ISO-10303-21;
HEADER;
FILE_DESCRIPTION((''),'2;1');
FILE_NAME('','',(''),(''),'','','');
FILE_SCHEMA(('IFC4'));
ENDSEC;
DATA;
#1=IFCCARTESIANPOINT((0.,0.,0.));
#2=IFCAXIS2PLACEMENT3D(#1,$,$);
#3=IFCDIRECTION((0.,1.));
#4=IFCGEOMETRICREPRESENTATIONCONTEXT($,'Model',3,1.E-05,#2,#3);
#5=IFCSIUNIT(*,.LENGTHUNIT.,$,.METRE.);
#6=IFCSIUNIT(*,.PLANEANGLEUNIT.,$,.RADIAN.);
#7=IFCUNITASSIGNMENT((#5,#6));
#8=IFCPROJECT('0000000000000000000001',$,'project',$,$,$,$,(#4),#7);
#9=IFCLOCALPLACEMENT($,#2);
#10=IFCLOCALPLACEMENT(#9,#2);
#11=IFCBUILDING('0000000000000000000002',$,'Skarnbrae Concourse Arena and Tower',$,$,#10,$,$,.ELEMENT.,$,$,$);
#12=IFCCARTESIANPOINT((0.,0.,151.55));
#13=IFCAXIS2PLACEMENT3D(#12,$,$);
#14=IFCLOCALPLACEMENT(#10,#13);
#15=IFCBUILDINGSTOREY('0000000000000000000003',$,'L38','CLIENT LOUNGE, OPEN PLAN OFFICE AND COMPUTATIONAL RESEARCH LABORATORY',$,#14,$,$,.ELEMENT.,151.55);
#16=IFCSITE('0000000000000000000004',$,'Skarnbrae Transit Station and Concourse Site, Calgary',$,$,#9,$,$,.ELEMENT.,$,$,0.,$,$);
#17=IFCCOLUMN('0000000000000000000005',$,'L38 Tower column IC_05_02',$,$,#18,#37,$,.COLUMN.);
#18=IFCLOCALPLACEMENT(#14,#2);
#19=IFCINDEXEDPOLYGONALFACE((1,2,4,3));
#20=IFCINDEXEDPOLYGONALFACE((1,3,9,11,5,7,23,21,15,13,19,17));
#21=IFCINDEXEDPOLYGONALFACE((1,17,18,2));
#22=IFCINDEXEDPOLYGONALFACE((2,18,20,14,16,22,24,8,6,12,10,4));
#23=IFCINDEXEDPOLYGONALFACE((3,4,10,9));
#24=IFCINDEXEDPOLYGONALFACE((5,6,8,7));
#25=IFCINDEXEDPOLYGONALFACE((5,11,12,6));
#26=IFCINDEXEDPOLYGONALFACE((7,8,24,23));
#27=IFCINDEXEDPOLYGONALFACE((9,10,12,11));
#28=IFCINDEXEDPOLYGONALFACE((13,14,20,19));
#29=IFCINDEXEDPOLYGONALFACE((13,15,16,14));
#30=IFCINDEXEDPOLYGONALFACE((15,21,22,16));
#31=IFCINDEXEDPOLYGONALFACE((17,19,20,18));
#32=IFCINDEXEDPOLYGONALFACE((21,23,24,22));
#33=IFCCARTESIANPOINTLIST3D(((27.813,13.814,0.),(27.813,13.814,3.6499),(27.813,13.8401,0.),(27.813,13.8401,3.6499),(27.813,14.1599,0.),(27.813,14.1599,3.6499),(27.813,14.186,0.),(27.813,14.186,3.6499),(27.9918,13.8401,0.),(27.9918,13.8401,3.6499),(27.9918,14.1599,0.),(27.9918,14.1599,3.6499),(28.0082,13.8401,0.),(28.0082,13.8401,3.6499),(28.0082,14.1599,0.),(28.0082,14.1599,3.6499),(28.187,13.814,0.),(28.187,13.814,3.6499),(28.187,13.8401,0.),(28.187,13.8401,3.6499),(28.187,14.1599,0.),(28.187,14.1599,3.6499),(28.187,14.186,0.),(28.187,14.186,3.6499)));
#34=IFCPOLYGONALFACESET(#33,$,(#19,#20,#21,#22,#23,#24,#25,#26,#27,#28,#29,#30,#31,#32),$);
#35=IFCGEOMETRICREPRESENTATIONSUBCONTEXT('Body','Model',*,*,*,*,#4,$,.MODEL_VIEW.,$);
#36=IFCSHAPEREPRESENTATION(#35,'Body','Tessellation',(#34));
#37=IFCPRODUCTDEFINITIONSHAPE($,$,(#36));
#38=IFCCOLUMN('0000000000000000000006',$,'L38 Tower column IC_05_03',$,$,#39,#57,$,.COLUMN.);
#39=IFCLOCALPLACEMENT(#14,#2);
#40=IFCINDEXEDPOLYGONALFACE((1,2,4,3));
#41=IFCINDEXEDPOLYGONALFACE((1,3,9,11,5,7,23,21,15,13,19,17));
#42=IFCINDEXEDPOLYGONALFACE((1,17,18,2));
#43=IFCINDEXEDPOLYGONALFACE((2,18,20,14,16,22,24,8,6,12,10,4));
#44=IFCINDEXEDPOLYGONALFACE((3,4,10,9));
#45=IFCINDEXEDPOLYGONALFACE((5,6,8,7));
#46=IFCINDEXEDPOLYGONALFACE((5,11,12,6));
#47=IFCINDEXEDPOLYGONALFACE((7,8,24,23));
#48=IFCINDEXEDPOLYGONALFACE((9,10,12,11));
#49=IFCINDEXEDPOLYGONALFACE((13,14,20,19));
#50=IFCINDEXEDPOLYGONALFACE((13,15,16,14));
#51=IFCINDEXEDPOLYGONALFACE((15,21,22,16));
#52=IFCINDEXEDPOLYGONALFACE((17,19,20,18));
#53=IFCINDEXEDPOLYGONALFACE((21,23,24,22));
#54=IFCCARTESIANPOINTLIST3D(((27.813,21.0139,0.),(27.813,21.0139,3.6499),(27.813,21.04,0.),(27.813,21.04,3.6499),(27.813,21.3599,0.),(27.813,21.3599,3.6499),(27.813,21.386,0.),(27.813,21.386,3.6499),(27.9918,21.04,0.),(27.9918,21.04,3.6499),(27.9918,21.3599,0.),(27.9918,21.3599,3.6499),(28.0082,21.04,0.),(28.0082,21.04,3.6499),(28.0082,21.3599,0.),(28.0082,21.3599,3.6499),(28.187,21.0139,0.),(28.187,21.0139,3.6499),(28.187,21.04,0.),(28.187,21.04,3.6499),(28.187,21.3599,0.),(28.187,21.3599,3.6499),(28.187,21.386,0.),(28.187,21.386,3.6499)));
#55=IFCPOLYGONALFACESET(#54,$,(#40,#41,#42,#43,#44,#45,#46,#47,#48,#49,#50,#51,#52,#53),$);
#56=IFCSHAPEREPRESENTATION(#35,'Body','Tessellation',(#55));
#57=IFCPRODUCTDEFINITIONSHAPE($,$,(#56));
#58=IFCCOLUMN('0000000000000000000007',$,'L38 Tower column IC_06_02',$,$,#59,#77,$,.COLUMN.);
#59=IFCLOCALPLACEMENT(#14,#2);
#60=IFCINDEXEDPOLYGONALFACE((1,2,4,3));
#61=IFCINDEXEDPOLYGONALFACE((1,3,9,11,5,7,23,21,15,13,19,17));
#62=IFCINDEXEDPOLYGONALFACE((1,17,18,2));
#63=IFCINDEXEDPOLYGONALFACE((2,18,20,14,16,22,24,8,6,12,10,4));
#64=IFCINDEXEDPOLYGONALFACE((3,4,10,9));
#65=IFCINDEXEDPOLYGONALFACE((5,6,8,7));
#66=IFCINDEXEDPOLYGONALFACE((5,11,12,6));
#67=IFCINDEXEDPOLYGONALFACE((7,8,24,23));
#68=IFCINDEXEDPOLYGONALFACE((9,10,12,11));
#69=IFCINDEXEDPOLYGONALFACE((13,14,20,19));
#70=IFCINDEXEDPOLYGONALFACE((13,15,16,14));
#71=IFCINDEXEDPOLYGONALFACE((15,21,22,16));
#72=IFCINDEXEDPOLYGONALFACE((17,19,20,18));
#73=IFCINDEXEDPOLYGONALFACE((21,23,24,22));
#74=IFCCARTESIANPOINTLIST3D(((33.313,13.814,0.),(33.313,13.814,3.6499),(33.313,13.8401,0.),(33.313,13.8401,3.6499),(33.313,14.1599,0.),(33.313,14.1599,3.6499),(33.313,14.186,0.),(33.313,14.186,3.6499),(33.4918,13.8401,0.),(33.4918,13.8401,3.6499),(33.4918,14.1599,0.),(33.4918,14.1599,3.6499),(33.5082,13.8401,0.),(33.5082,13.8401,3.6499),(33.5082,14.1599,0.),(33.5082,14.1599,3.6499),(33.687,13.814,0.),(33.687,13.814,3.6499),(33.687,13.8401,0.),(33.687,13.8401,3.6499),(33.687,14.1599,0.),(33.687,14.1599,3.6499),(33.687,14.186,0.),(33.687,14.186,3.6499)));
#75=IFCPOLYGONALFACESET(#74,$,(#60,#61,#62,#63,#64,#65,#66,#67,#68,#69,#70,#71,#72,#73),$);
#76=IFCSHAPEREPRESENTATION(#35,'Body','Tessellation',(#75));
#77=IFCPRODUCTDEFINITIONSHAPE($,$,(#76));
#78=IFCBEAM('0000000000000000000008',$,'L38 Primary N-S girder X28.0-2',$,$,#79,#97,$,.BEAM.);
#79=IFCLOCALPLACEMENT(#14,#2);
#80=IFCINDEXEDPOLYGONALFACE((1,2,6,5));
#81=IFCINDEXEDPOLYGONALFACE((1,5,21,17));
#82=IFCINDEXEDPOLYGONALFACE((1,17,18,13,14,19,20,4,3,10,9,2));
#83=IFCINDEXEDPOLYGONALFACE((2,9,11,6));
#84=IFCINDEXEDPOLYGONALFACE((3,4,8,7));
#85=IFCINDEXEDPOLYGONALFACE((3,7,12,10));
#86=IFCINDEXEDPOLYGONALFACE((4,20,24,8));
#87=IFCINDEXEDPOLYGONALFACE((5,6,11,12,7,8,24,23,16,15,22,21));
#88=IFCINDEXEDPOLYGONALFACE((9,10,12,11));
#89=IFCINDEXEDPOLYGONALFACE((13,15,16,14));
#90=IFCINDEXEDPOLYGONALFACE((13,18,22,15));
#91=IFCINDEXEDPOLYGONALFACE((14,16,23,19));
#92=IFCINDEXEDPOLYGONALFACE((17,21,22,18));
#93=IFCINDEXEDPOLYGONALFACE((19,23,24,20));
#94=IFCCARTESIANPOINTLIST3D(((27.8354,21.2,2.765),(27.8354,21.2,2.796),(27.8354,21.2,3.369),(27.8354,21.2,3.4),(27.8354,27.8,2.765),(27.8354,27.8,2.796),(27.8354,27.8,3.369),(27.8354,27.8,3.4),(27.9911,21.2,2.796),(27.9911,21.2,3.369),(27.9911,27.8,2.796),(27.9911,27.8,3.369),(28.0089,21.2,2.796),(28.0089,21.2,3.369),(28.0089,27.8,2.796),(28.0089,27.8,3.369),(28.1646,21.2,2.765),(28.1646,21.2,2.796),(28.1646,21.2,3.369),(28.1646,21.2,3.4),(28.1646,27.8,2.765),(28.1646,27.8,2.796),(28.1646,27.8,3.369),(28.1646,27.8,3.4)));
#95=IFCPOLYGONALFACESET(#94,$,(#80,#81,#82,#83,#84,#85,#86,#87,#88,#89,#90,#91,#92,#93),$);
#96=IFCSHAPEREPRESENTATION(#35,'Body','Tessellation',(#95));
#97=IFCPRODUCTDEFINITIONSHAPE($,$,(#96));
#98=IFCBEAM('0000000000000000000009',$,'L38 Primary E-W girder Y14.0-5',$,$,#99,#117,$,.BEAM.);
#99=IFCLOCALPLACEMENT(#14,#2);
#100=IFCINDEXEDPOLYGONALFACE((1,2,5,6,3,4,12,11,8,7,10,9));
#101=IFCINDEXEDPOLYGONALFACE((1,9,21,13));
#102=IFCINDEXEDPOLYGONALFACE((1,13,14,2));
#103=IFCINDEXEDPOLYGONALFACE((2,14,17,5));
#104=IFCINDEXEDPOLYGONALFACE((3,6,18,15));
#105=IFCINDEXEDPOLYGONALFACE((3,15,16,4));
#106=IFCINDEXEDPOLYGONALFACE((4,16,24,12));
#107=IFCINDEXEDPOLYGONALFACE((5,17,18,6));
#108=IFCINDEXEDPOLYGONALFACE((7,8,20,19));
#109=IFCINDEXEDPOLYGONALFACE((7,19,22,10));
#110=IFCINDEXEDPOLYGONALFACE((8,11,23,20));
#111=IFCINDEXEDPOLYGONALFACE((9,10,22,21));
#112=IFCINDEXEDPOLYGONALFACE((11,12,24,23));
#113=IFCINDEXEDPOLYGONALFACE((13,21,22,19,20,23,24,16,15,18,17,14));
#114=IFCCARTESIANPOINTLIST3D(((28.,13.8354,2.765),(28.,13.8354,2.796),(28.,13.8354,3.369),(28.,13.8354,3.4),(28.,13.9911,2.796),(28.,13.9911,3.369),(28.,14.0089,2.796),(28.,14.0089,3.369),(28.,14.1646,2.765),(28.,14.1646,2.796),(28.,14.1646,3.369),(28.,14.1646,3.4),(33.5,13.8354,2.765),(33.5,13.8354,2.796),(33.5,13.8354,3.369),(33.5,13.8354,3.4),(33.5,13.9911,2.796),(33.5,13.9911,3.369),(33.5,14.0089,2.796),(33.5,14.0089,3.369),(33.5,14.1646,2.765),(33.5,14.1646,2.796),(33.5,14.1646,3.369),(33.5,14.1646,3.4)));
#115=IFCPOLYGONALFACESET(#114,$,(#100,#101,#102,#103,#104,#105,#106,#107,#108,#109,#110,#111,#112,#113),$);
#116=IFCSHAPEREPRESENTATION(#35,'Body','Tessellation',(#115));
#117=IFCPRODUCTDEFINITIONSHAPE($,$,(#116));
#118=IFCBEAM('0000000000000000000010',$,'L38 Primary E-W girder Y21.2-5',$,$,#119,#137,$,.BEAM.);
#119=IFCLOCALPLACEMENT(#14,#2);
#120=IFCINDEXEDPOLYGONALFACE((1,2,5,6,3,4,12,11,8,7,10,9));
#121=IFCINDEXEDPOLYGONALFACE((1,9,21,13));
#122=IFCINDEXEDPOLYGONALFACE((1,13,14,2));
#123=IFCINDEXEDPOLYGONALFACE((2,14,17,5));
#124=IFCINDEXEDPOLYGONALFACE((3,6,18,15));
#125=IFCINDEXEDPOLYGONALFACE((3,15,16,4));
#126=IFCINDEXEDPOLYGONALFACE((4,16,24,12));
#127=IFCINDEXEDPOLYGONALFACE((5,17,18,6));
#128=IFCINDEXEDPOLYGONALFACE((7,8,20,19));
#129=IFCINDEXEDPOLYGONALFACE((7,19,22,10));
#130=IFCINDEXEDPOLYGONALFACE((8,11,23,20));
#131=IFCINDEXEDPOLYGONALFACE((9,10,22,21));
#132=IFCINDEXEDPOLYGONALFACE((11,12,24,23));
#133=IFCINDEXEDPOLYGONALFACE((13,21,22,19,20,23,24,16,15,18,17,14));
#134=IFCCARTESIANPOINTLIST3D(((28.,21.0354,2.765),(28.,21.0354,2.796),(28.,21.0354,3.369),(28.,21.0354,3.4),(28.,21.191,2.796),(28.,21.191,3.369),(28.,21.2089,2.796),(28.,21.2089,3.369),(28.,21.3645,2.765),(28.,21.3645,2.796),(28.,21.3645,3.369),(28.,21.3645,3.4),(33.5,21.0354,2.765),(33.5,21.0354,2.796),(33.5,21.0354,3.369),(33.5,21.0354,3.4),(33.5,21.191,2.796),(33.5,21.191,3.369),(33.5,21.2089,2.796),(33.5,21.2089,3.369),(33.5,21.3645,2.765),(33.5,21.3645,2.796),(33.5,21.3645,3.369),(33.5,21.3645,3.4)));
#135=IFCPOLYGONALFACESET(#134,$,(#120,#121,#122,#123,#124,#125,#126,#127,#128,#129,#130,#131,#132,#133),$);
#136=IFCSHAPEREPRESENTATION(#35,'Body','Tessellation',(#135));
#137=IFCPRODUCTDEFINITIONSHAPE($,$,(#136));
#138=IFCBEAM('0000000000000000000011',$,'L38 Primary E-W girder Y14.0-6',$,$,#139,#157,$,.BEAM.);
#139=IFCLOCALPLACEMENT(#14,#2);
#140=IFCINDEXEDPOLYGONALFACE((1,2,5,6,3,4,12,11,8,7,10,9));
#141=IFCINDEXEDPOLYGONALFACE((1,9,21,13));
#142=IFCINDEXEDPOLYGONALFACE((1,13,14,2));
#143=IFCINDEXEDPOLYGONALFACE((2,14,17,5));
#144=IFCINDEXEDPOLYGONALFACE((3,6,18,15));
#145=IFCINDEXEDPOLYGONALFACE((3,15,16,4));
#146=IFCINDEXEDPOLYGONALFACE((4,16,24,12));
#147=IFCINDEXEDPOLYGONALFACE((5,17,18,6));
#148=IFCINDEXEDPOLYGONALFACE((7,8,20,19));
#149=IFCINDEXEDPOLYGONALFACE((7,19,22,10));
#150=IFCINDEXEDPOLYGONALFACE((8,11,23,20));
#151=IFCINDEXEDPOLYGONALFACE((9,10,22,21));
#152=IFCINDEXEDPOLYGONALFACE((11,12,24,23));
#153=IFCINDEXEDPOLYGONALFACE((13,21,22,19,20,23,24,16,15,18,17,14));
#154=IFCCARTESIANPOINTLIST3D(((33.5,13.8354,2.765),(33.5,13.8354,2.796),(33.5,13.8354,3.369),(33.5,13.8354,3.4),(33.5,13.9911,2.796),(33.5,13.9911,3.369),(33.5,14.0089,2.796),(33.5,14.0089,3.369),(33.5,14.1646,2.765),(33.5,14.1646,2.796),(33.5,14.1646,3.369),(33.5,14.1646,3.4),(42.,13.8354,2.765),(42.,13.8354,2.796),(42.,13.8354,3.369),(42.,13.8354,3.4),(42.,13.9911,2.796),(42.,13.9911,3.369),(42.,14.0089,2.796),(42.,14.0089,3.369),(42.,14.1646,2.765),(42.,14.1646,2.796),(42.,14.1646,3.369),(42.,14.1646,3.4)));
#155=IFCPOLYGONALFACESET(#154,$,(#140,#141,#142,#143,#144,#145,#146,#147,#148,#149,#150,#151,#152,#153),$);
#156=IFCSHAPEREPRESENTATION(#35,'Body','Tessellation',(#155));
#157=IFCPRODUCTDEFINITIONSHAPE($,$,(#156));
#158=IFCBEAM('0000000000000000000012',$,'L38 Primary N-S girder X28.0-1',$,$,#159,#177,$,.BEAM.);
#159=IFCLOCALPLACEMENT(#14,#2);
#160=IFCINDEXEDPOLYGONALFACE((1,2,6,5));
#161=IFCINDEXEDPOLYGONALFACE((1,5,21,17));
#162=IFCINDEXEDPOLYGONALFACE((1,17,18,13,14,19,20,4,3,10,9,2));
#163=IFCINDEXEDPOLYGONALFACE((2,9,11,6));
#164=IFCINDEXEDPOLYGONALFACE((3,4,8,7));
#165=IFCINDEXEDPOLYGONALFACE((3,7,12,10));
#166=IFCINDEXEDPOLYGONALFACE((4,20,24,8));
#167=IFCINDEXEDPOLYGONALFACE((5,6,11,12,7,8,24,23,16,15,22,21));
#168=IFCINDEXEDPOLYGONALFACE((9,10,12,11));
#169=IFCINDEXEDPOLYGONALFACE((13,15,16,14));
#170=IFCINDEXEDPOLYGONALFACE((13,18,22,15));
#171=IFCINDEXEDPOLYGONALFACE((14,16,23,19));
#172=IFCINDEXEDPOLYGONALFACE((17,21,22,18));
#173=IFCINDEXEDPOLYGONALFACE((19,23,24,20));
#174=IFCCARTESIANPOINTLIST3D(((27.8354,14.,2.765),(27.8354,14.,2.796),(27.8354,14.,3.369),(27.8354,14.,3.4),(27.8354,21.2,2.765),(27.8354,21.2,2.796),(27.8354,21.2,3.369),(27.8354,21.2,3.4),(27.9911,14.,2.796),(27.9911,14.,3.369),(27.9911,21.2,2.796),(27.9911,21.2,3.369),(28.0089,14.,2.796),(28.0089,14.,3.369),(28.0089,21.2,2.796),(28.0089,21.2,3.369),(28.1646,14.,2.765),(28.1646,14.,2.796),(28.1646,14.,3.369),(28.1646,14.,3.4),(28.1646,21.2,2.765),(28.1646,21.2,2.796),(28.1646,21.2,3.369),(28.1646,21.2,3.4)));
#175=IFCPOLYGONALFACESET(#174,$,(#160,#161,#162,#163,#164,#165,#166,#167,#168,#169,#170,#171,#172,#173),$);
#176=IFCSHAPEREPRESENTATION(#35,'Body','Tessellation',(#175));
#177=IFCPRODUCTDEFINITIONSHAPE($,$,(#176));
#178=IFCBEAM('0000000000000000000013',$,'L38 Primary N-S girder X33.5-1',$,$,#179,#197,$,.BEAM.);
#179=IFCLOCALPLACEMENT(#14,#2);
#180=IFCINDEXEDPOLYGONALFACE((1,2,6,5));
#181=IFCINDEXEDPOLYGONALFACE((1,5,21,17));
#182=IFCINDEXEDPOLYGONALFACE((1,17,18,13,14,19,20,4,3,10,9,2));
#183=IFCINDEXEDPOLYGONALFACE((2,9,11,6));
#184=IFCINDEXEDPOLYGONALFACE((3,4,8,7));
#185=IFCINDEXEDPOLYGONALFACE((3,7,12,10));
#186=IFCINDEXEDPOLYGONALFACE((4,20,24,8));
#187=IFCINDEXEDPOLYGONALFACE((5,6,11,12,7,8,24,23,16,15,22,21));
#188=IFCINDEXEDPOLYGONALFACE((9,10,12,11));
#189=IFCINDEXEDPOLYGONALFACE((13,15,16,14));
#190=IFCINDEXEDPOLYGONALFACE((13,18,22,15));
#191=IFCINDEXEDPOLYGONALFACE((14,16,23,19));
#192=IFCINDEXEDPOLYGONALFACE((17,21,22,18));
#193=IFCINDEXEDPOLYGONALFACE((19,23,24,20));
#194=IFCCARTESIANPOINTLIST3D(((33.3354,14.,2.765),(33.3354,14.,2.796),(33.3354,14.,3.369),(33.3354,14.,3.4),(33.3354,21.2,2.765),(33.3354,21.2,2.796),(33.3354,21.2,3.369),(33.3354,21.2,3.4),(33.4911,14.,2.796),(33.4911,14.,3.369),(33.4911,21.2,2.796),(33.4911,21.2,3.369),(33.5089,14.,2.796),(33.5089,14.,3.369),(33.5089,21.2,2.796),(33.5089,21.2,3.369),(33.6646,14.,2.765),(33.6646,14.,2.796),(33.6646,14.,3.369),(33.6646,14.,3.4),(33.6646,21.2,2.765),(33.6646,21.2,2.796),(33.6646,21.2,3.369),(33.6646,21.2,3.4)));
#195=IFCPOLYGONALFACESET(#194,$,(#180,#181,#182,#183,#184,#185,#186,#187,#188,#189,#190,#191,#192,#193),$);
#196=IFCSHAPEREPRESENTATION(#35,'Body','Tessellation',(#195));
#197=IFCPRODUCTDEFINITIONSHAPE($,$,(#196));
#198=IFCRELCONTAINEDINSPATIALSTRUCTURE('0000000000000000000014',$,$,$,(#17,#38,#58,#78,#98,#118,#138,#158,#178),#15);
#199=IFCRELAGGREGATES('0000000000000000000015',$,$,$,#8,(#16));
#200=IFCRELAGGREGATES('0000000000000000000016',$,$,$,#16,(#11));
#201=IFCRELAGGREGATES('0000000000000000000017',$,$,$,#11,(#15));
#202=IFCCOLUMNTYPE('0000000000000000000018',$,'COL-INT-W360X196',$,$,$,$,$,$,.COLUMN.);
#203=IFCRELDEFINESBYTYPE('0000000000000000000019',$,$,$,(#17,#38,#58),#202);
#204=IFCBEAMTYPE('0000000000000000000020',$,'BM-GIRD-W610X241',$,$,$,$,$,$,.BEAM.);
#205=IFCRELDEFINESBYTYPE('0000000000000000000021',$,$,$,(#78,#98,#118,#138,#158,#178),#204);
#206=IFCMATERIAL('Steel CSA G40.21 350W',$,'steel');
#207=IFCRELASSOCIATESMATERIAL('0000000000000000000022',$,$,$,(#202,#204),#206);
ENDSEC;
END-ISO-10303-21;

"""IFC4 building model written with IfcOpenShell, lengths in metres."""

from ifc_helpers import new_model, si_unit, direction, frame, origin, origin_2d, place, context, subcontext, project, spatial, i_section, extrude, source, transform, mapped, material, material_profile, profile_set, type_object, element, save


model = new_model("IFC4")

# Units and contexts
model_context = context("Model", 3, precision=1e-05, world=origin(), true_north=direction((0.0, 1.0)))
body_context = subcontext(model_context, "Body", "Model", "MODEL_VIEW")
ifc_project = project(units=[si_unit("LENGTHUNIT", "METRE"), si_unit("PLANEANGLEUNIT", "RADIAN")], contexts=[model_context])

# Site, building, storey
site_placement = place(None, origin())
site = spatial("IfcSite", under=ifc_project, at=site_placement, Name="Skarnbrae Transit Station and Concourse Site, Calgary", CompositionType="ELEMENT", RefElevation=0.0)
building_placement = place(site_placement, origin())
building = spatial("IfcBuilding", under=site, at=building_placement, Name="Skarnbrae Concourse Arena and Tower", CompositionType="ELEMENT")
storey_placement = place(building_placement, frame((0.0, 0.0, 151.55)))
storey = spatial("IfcBuildingStorey", under=building, at=storey_placement, Name="L38", Description="CLIENT LOUNGE, OPEN PLAN OFFICE AND COMPUTATIONAL RESEARCH LABORATORY", CompositionType="ELEMENT", Elevation=151.55)

# Columns
ifc_material_1 = material(Name="Steel CSA G40.21 350W", Category="steel")
ifc_material_profile_1 = material_profile(ifc_material_1, i_section(OverallWidth=0.374, OverallDepth=0.3721, WebThickness=0.0164, FlangeThickness=0.0261, at=origin_2d()), Name="W360X196")
ifc_profile_set_1 = profile_set([ifc_material_profile_1], Name="Steel CSA G40.21 350W")
column_type = type_object("IfcColumnType", Name="COL-INT-W360X196", PredefinedType="COLUMN", material=ifc_profile_set_1)
shared_shape_1 = source(origin(), body_context, "Body", "SweptSolid", [
    extrude(i_section(OverallWidth=0.374, OverallDepth=0.3721, WebThickness=0.0164, FlangeThickness=0.0261, at=origin_2d()), origin(), (0.0, 0.0, 1.0), 3.6499),
])
for number, where, z_axis, x_axis, name in (
    (1, (28.0, 14.0, 0.0), (0.0, 0.0, 1.0), (1.0, 0.0, 0.0), "L38 Tower column IC_05_02"),
    (2, (28.0, 21.2, 0.0), (0.0, 0.0, 1.0), (1.0, 0.0, 0.0), "L38 Tower column IC_05_03"),
    (3, (33.5, 14.0, 0.0), (0.0, 0.0, 1.0), (1.0, 0.0, 0.0), "L38 Tower column IC_06_02"),
):
    element("IfcColumn", number, at=place(storey_placement, frame(where, z_axis=z_axis, x_axis=x_axis)), inside=storey, type_object=column_type, Name=name, PredefinedType="COLUMN", context=body_context, shape_type="MappedRepresentation", body=[
        mapped(shared_shape_1, transform((0.0, 0.0, 0.0))),
    ])

# Beams
ifc_material_profile_2 = material_profile(ifc_material_1, i_section(OverallWidth=0.3291, OverallDepth=0.635, WebThickness=0.0178, FlangeThickness=0.031, at=origin_2d()), Name="W610X241")
ifc_profile_set_2 = profile_set([ifc_material_profile_2], Name="Steel CSA G40.21 350W")
beam_type_1 = type_object("IfcBeamType", Name="BM-GIRD-W610X241", PredefinedType="BEAM", material=ifc_profile_set_2)
shared_shape_2 = source(origin(), body_context, "Body", "SweptSolid", [
    extrude(i_section(OverallWidth=0.3291, OverallDepth=0.635, WebThickness=0.0178, FlangeThickness=0.031, at=origin_2d()), origin(), (0.0, 0.0, 1.0), 6.6001),
])
beam_1_placement = place(storey_placement, frame((28.0, 21.2, 3.0825), z_axis=(0.0, 1.0, 0.0), x_axis=(-1.0, 0.0, 0.0)))
element("IfcBeam", 4, at=beam_1_placement, inside=storey, type_object=beam_type_1, Name="L38 Primary N-S girder X28.0-2", PredefinedType="BEAM", context=body_context, shape_type="MappedRepresentation", body=[
    mapped(shared_shape_2, transform((0.0, 0.0, 0.0))),
])
shared_shape_3 = source(origin(), body_context, "Body", "SweptSolid", [
    extrude(i_section(OverallWidth=0.3291, OverallDepth=0.635, WebThickness=0.0178, FlangeThickness=0.031, at=origin_2d()), origin(), (0.0, 0.0, 1.0), 5.5),
])
for number, where, z_axis, x_axis, name in (
    (5, (28.0, 14.0, 3.0825), (1.0, 0.0, 0.0), (0.0, 1.0, 0.0), "L38 Primary E-W girder Y14.0-5"),
    (6, (28.0, 21.2, 3.0825), (1.0, 0.0, 0.0), (0.0, 1.0, 0.0), "L38 Primary E-W girder Y21.2-5"),
):
    element("IfcBeam", number, at=place(storey_placement, frame(where, z_axis=z_axis, x_axis=x_axis)), inside=storey, type_object=beam_type_1, Name=name, PredefinedType="BEAM", context=body_context, shape_type="MappedRepresentation", body=[
        mapped(shared_shape_3, transform((0.0, 0.0, 0.0))),
    ])
shared_shape_4 = source(origin(), body_context, "Body", "SweptSolid", [
    extrude(i_section(OverallWidth=0.3291, OverallDepth=0.635, WebThickness=0.0178, FlangeThickness=0.031, at=origin_2d()), origin(), (0.0, 0.0, 1.0), 8.5),
])
beam_2_placement = place(storey_placement, frame((33.5, 14.0, 3.0825), z_axis=(1.0, 0.0, 0.0), x_axis=(0.0, 1.0, 0.0)))
element("IfcBeam", 7, at=beam_2_placement, inside=storey, type_object=beam_type_1, Name="L38 Primary E-W girder Y14.0-6", PredefinedType="BEAM", context=body_context, shape_type="MappedRepresentation", body=[
    mapped(shared_shape_4, transform((0.0, 0.0, 0.0))),
])
shared_shape_5 = source(origin(), body_context, "Body", "SweptSolid", [
    extrude(i_section(OverallWidth=0.3291, OverallDepth=0.635, WebThickness=0.0178, FlangeThickness=0.031, at=origin_2d()), origin(), (0.0, 0.0, 1.0), 7.2),
])
for number, where, z_axis, x_axis, name in (
    (8, (28.0, 14.0, 3.0825), (0.0, 1.0, 0.0), (-1.0, 0.0, 0.0), "L38 Primary N-S girder X28.0-1"),
    (9, (33.5, 14.0, 3.0825), (0.0, 1.0, 0.0), (-1.0, 0.0, 0.0), "L38 Primary N-S girder X33.5-1"),
):
    element("IfcBeam", number, at=place(storey_placement, frame(where, z_axis=z_axis, x_axis=x_axis)), inside=storey, type_object=beam_type_1, Name=name, PredefinedType="BEAM", context=body_context, shape_type="MappedRepresentation", body=[
        mapped(shared_shape_5, transform((0.0, 0.0, 0.0))),
    ])

save(model, "model.ifc")
